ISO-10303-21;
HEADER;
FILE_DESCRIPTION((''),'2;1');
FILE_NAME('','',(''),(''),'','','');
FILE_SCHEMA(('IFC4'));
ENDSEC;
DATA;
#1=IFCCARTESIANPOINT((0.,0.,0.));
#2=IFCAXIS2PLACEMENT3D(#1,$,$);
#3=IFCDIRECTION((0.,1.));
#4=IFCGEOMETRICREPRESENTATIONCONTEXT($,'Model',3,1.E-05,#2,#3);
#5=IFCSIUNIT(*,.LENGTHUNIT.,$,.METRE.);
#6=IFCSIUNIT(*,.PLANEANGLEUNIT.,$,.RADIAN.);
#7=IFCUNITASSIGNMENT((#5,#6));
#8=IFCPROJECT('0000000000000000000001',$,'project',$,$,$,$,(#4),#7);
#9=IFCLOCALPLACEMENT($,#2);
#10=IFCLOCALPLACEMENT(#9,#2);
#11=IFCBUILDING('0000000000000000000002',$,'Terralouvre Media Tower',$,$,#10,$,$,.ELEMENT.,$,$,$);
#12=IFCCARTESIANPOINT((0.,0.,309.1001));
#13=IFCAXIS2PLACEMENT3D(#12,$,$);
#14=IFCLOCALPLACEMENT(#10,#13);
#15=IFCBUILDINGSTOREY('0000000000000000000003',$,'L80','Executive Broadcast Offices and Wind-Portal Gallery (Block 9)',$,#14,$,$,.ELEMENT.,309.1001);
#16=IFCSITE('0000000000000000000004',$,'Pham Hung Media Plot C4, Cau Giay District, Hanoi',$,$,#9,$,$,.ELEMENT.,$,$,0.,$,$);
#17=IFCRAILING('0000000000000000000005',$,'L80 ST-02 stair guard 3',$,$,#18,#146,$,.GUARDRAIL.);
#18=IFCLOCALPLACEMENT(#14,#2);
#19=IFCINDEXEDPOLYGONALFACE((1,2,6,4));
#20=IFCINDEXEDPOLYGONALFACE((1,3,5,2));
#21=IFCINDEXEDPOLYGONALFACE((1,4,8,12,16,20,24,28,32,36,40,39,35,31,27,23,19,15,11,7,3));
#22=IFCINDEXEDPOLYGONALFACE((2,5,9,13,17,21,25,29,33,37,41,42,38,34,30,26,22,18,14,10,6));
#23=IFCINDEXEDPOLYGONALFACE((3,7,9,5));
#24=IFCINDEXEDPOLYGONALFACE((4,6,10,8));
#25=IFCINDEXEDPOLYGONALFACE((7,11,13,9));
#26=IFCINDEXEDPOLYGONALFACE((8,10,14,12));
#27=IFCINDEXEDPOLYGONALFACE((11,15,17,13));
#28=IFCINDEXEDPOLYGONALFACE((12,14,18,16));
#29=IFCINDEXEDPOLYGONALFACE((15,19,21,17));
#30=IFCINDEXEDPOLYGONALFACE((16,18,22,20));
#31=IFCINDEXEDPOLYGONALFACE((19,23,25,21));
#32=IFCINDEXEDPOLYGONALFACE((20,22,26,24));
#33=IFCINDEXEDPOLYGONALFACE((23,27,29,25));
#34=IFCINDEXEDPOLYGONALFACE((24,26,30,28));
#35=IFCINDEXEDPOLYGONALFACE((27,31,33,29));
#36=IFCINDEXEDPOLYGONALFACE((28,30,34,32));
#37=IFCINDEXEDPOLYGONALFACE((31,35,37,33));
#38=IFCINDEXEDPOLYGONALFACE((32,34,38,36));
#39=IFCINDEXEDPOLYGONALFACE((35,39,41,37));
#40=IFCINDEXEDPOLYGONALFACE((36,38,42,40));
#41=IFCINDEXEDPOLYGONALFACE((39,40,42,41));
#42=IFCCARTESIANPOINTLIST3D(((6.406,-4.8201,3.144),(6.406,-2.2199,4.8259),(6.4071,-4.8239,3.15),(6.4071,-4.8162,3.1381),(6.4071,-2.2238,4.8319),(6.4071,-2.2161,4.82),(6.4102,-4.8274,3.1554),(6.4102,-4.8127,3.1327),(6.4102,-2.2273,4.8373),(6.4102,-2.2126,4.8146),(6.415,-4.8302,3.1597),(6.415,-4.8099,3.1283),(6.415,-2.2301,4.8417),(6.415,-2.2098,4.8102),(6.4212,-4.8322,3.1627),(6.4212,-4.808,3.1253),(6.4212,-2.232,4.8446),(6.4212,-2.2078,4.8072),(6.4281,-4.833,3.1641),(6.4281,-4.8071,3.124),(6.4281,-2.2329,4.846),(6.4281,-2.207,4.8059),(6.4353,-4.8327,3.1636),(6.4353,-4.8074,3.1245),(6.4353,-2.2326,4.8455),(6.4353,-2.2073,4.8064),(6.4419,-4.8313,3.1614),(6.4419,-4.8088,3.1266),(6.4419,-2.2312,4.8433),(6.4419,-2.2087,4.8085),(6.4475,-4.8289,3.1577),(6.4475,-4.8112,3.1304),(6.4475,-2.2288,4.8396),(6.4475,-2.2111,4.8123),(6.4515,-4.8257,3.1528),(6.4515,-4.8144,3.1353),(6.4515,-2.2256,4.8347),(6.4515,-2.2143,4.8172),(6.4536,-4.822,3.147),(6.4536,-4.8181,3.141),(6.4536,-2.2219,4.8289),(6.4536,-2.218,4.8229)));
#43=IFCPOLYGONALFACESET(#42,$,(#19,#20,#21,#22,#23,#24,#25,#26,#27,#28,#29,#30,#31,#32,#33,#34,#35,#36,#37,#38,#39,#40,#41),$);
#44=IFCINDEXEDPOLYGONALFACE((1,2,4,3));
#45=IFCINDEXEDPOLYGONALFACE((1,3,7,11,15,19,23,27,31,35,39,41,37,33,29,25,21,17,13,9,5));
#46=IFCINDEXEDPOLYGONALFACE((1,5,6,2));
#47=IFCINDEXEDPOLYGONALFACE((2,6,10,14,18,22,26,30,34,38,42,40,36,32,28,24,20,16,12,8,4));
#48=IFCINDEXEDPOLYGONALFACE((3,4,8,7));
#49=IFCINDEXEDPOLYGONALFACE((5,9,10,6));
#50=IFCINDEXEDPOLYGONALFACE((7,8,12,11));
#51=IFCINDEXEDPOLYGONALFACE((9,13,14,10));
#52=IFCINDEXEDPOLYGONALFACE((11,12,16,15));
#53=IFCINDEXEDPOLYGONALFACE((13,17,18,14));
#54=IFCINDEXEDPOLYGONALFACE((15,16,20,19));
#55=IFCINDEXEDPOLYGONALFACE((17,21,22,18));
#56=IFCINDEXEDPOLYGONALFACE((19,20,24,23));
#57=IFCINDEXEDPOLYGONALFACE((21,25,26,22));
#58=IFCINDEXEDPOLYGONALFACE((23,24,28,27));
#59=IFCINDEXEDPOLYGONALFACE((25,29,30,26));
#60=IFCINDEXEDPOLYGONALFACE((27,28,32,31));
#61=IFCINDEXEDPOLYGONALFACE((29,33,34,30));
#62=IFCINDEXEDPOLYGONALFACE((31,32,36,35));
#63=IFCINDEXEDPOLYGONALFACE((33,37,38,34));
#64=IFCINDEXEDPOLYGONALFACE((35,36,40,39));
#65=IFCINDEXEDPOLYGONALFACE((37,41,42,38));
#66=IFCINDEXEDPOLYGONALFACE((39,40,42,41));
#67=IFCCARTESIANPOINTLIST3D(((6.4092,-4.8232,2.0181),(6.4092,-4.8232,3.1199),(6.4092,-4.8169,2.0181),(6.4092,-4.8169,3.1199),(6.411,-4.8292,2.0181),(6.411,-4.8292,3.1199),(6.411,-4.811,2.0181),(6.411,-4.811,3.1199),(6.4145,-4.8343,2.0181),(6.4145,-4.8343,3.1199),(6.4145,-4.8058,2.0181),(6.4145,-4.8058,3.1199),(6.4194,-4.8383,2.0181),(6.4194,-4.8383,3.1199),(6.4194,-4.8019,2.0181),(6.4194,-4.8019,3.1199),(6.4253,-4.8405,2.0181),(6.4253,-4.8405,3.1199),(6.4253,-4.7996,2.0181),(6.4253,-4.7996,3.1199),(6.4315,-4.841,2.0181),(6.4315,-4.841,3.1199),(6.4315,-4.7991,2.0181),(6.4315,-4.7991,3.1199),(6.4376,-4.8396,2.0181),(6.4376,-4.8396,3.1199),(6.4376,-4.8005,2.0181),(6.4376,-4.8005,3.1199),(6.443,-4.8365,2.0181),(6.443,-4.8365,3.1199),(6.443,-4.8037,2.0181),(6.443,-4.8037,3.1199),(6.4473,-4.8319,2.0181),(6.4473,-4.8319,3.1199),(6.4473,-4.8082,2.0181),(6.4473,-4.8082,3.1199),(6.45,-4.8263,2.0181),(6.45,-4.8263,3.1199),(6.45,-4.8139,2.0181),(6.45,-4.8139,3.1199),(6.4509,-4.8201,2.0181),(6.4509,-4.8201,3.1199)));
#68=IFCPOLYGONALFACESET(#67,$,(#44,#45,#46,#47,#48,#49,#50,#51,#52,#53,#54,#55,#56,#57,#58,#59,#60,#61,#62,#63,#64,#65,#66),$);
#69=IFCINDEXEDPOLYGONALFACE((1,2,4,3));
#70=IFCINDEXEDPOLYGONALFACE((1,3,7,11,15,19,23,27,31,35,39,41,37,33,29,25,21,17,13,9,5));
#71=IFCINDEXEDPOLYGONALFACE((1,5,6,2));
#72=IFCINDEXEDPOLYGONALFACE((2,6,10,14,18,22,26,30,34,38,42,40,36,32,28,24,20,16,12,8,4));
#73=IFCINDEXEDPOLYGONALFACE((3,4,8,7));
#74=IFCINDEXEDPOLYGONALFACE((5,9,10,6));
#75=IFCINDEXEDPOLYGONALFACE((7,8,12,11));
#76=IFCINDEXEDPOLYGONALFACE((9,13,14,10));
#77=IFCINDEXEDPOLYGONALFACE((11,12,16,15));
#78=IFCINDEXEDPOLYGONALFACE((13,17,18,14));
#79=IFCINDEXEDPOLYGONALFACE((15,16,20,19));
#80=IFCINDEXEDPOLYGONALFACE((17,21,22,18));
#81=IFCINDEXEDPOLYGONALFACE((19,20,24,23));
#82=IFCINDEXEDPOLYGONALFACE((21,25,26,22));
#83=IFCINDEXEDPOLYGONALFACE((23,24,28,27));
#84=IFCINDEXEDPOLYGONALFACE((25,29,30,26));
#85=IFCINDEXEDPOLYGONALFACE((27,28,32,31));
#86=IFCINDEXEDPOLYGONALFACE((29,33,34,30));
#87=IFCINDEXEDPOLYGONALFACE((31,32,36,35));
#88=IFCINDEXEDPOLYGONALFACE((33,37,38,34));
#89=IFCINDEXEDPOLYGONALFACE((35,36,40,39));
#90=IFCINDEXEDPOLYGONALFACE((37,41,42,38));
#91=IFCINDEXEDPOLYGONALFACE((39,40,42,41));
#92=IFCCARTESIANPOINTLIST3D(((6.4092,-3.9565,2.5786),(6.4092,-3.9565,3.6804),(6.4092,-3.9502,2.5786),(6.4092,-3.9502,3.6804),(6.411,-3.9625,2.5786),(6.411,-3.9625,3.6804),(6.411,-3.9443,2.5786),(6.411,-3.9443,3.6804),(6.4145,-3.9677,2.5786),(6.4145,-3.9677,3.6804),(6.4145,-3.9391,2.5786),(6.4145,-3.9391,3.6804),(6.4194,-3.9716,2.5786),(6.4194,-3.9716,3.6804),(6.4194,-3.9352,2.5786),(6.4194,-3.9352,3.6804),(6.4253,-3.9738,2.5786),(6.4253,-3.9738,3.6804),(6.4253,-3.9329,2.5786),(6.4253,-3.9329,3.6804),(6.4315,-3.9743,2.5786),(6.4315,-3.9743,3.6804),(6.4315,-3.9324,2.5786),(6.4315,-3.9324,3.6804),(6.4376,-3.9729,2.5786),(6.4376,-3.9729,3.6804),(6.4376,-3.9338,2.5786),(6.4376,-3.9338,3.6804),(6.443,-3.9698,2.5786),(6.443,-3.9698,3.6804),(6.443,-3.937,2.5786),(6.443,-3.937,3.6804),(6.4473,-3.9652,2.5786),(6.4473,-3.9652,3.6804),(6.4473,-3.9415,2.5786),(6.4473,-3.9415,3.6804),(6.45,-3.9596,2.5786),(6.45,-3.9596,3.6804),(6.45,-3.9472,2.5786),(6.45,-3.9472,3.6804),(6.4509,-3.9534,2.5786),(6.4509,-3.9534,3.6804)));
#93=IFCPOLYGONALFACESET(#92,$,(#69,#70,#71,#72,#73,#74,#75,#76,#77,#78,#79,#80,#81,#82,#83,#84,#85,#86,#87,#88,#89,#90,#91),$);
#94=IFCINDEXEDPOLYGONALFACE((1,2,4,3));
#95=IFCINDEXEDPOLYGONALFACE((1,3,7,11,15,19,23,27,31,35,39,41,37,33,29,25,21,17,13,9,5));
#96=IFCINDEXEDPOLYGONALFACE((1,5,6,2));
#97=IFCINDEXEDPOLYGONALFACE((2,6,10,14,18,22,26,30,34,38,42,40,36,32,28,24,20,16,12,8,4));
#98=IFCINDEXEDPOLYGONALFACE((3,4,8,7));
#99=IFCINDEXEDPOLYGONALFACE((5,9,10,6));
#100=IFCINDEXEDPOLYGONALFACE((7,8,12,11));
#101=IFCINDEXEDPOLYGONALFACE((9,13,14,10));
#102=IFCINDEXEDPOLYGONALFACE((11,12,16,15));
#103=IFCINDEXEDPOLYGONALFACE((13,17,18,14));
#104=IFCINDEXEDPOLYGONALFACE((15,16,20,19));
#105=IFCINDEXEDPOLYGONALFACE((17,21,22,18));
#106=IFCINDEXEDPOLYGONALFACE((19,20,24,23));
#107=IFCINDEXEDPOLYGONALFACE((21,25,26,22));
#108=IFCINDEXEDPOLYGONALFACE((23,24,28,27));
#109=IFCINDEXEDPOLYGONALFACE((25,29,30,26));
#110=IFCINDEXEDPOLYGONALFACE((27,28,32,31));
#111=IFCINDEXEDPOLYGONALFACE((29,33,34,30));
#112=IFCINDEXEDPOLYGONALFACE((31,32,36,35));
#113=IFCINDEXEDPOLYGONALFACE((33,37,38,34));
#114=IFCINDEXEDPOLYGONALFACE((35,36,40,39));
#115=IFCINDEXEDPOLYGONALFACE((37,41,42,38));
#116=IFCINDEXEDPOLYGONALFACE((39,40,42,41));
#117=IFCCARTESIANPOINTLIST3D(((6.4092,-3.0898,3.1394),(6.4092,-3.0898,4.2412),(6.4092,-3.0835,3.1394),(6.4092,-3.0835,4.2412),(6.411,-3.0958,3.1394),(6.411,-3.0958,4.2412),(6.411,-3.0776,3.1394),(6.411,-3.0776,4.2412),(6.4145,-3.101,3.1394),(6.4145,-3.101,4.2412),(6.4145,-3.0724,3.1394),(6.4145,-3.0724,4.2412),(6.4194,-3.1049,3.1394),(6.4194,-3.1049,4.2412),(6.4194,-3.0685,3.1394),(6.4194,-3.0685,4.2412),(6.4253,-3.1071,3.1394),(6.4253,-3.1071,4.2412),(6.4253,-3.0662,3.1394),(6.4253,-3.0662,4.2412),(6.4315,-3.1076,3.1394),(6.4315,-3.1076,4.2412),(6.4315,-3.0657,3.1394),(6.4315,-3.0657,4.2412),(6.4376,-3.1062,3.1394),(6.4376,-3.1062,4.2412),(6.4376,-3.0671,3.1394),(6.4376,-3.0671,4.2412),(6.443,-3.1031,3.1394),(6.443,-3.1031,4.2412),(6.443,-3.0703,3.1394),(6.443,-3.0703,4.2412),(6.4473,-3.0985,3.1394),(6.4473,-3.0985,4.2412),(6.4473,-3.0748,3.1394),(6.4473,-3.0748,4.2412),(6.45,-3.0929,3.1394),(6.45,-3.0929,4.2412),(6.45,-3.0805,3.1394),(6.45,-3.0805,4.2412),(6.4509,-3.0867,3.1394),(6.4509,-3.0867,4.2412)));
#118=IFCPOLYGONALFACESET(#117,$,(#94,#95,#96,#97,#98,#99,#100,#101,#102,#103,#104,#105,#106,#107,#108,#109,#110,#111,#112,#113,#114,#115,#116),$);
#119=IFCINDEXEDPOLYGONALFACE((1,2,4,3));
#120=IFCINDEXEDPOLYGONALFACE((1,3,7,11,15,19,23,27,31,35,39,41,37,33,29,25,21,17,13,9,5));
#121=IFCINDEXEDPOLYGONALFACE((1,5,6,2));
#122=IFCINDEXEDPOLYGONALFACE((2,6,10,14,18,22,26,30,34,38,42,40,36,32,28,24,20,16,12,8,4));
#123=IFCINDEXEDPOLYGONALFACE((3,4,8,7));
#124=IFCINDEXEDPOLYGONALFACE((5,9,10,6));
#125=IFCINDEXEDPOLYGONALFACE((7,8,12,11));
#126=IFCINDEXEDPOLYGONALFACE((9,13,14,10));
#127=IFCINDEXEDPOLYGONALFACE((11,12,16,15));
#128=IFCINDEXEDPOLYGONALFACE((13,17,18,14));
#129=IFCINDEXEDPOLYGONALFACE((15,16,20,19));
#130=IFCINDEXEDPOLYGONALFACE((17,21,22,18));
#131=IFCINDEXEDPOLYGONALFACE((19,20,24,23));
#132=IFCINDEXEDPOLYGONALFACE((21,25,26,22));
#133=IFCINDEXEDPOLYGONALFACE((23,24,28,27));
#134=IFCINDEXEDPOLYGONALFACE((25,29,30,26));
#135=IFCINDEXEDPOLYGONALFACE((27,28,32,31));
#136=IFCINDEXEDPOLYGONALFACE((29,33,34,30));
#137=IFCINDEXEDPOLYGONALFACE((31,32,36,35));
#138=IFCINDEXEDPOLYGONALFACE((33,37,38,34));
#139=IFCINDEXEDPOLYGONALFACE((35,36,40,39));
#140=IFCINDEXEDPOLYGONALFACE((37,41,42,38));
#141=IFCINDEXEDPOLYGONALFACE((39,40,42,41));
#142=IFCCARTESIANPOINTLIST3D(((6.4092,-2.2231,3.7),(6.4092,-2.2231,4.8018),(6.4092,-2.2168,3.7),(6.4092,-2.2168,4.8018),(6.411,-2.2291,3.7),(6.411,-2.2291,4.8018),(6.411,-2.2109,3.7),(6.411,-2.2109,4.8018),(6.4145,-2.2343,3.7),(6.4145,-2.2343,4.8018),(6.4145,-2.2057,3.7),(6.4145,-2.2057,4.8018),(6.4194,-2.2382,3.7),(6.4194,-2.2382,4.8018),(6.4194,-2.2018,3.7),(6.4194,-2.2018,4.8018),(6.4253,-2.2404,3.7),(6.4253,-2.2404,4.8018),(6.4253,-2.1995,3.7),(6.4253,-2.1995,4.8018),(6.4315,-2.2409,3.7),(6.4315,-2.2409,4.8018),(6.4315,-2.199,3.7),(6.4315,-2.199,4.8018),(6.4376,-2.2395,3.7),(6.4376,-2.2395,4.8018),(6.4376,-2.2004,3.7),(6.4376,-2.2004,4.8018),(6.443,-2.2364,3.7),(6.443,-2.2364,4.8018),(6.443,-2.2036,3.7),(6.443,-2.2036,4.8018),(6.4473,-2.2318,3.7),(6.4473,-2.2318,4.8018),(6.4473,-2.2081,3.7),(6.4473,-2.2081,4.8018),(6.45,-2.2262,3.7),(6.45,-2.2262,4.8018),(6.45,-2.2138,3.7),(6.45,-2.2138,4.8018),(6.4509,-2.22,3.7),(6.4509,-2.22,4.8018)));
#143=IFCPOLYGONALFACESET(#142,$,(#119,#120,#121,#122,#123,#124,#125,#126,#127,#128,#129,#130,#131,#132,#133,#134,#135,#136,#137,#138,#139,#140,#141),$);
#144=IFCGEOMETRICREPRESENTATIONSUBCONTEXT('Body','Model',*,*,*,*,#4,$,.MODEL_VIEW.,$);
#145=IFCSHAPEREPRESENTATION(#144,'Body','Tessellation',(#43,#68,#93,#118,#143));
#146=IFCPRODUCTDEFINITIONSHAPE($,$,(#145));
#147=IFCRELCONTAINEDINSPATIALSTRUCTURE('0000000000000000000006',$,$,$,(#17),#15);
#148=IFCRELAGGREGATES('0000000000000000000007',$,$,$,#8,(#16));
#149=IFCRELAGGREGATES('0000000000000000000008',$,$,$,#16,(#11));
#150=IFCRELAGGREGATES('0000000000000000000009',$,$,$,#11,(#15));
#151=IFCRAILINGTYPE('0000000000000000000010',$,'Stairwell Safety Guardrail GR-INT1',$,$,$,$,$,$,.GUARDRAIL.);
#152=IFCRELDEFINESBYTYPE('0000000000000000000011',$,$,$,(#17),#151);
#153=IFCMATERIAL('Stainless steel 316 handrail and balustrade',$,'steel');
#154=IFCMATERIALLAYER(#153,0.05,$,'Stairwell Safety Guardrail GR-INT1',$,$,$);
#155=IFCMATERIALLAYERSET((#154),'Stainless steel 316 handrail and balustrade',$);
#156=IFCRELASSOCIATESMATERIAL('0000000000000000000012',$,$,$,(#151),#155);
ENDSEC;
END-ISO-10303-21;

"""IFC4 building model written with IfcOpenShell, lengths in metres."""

from ifc_helpers import new_model, si_unit, direction, frame, origin, origin_2d, place, context, subcontext, project, spatial, circle, extrude, material, layer, layer_set, type_object, element, save


model = new_model("IFC4")

# Units and contexts
model_context = context("Model", 3, precision=1e-05, world=origin(), true_north=direction((0.0, 1.0)))
body_context = subcontext(model_context, "Body", "Model", "MODEL_VIEW")
ifc_project = project(units=[si_unit("LENGTHUNIT", "METRE"), si_unit("PLANEANGLEUNIT", "RADIAN")], contexts=[model_context])

# Site, building, storey
site_placement = place(None, origin())
site = spatial("IfcSite", under=ifc_project, at=site_placement, Name="Pham Hung Media Plot C4, Cau Giay District, Hanoi", CompositionType="ELEMENT", RefElevation=0.0)
building_placement = place(site_placement, origin())
building = spatial("IfcBuilding", under=site, at=building_placement, Name="Terralouvre Media Tower", CompositionType="ELEMENT")
storey_placement = place(building_placement, frame((0.0, 0.0, 309.1001)))
storey = spatial("IfcBuildingStorey", under=building, at=storey_placement, Name="L80", Description="Executive Broadcast Offices and Wind-Portal Gallery (Block 9)", CompositionType="ELEMENT", Elevation=309.1001)

# Railing
ifc_material_1 = material(Name="Stainless steel 316 handrail and balustrade", Category="steel")
ifc_layer_1 = layer(ifc_material_1, 0.05, Name="Stairwell Safety Guardrail GR-INT1")
ifc_layer_set_1 = layer_set([ifc_layer_1], Name="Stainless steel 316 handrail and balustrade")
railing_type_1 = type_object("IfcRailingType", Name="Stairwell Safety Guardrail GR-INT1", PredefinedType="GUARDRAIL", material=ifc_layer_set_1)
railing_1_placement = place(storey_placement, frame((6.4299, -4.8201, 2.0181)))
element("IfcRailing", 1, at=railing_1_placement, inside=storey, type_object=railing_type_1, Name="L80 ST-02 stair guard 3", PredefinedType="GUARDRAIL", context=body_context, shape_type="SweptSolid", body=[
    extrude(circle(Radius=0.0239, at=origin_2d()), frame((0.0, 0.0, 1.126), z_axis=(0.0, 0.839648, 0.54313), x_axis=(-1.0, 0.0, 0.0)), (0.0, 0.0, 1.0), 3.0967),
    extrude(circle(Radius=0.021, at=origin_2d()), origin(), (0.0, 0.0, 1.0), 1.1018),
    extrude(circle(Radius=0.021, at=origin_2d()), frame((0.0, 0.8667, 0.5605)), (0.0, 0.0, 1.0), 1.1018),
    extrude(circle(Radius=0.021, at=origin_2d()), frame((0.0, 1.7334, 1.1213)), (0.0, 0.0, 1.0), 1.1018),
    extrude(circle(Radius=0.021, at=origin_2d()), frame((0.0, 2.6001, 1.6819)), (0.0, 0.0, 1.0), 1.1018),
])

save(model, "model.ifc")
